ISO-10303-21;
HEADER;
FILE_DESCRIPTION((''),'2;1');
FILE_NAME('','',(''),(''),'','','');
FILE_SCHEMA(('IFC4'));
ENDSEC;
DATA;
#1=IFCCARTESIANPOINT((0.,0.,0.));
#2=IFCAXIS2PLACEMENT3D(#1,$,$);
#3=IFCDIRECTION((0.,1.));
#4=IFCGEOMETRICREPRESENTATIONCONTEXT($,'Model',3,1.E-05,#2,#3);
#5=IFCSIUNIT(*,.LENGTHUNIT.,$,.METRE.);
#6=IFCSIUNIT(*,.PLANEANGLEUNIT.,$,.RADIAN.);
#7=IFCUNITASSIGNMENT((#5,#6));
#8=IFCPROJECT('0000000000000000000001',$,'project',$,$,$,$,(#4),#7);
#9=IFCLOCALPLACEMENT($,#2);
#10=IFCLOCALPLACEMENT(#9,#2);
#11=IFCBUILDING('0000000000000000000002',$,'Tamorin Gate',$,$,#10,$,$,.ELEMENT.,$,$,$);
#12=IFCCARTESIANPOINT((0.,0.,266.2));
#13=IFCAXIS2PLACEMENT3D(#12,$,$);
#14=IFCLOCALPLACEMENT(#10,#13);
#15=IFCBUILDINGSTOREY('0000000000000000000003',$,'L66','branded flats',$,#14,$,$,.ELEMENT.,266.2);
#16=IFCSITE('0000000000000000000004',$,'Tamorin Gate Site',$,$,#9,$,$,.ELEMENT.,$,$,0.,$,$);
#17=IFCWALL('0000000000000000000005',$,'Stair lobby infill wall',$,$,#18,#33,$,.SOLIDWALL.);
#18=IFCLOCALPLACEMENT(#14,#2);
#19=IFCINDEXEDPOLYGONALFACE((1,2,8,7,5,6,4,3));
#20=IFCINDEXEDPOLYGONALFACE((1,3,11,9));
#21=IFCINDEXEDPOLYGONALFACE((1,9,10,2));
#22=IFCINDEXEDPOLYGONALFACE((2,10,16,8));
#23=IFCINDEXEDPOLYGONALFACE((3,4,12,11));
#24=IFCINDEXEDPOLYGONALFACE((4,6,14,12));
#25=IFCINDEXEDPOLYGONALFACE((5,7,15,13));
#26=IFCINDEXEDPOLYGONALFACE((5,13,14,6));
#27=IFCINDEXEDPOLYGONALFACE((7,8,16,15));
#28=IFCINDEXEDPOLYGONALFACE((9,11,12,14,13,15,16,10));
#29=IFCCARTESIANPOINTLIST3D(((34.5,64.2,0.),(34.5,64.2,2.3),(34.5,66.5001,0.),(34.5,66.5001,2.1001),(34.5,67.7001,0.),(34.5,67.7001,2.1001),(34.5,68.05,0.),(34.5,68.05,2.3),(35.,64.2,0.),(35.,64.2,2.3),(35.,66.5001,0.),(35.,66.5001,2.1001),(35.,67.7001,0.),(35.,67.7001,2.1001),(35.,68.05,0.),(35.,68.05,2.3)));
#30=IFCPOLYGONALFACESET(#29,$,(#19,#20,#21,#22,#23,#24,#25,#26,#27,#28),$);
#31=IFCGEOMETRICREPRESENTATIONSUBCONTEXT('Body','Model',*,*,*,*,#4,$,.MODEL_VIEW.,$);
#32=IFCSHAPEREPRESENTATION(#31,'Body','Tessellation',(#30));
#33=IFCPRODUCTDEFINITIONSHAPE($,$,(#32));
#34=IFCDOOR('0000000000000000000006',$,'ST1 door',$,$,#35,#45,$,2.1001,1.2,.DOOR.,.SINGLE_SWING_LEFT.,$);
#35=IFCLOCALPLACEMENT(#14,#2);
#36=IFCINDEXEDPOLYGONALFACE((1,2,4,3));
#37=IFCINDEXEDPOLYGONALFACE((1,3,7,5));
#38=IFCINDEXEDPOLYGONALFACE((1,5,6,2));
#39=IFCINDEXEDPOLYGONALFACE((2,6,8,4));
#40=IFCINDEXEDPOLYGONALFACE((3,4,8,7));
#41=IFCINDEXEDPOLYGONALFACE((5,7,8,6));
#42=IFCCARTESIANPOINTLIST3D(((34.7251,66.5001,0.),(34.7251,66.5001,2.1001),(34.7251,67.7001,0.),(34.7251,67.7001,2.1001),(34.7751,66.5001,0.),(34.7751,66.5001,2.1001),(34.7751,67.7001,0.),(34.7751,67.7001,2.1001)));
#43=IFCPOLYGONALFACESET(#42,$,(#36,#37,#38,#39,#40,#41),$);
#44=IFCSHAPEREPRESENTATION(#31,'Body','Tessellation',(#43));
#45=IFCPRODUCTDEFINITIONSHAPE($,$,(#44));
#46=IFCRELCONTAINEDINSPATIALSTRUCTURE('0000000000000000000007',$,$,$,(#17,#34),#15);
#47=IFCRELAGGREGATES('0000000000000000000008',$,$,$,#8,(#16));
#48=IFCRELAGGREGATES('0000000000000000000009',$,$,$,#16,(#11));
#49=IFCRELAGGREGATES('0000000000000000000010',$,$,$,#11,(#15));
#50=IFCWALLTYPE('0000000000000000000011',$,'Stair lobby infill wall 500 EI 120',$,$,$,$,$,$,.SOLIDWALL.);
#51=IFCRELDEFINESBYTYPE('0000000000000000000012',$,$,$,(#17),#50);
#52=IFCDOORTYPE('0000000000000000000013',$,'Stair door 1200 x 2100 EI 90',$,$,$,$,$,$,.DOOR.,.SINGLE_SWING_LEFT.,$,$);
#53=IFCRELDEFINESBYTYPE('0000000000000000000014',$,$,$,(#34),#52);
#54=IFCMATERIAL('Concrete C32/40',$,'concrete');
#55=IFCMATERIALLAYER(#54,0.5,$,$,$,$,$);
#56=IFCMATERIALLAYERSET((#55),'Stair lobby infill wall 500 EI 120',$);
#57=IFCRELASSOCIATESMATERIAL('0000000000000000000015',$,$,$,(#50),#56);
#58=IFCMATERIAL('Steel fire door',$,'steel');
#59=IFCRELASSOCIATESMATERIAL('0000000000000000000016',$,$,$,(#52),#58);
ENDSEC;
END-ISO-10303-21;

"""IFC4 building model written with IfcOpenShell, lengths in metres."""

from ifc_helpers import new_model, si_unit, direction, frame, frame_2d, origin, place, context, subcontext, project, spatial, rectangle, extrude, material, layer, layer_set, type_object, element, fill, save


model = new_model("IFC4")

# Units and contexts
model_context = context("Model", 3, precision=1e-05, world=origin(), true_north=direction((0.0, 1.0)))
body_context = subcontext(model_context, "Body", "Model", "MODEL_VIEW")
ifc_project = project(units=[si_unit("LENGTHUNIT", "METRE"), si_unit("PLANEANGLEUNIT", "RADIAN")], contexts=[model_context])

# Site, building, storey
site_placement = place(None, origin())
site = spatial("IfcSite", under=ifc_project, at=site_placement, Name="Tamorin Gate Site", CompositionType="ELEMENT", RefElevation=0.0)
building_placement = place(site_placement, origin())
building = spatial("IfcBuilding", under=site, at=building_placement, Name="Tamorin Gate", CompositionType="ELEMENT")
storey_placement = place(building_placement, frame((0.0, 0.0, 266.2)))
storey = spatial("IfcBuildingStorey", under=building, at=storey_placement, Name="L66", Description="branded flats", CompositionType="ELEMENT", Elevation=266.2)

# Shared definitions
ifc_material_1 = material(Name="Steel fire door", Category="steel")

# Wall, opening, door
ifc_material_2 = material(Name="Concrete C32/40", Category="concrete")
ifc_layer_1 = layer(ifc_material_2, 0.5)
ifc_layer_set_1 = layer_set([ifc_layer_1], Name="Stair lobby infill wall 500 EI 120")
wall_type_1 = type_object("IfcWallType", Name="Stair lobby infill wall 500 EI 120", PredefinedType="SOLIDWALL", material=ifc_layer_set_1)
wall_1_placement = place(storey_placement, frame((34.75, 64.2, 0.0), z_axis=(0.0, 0.0, 1.0), x_axis=(0.0, 1.0, 0.0)))
wall_1 = element("IfcWall", 1, at=wall_1_placement, inside=storey, type_object=wall_type_1, Name="Stair lobby infill wall", PredefinedType="SOLIDWALL", context=body_context, shape_type="SweptSolid", body=[
    extrude(rectangle(XDim=3.8501, YDim=0.5, at=frame_2d((1.925, 0.0))), origin(), (0.0, 0.0, 1.0), 2.3),
])
opening_1_placement = place(wall_1_placement, frame((2.3, 0.0, 0.0)))
opening_1 = element("IfcOpeningElement", 2, at=opening_1_placement, cuts=wall_1, PredefinedType="OPENING", context=body_context, shape_type="SweptSolid", body=[
    extrude(rectangle(XDim=1.2, YDim=2.1001, at=frame_2d((0.6001, 1.05))), frame((0.0, 0.26, 0.0), z_axis=(0.0, -1.0, 0.0), x_axis=(1.0, 0.0, 0.0)), (0.0, 0.0, 1.0), 0.52),
])
door_type_1 = type_object("IfcDoorType", Name="Stair door 1200 x 2100 EI 90", OperationType="SINGLE_SWING_LEFT", PredefinedType="DOOR", material=ifc_material_1)
door_1_placement = place(opening_1_placement, origin())
door_1 = element("IfcDoor", 3, at=door_1_placement, inside=storey, type_object=door_type_1, Name="ST1 door", OperationType="SINGLE_SWING_LEFT", OverallHeight=2.1001, OverallWidth=1.2, PredefinedType="DOOR", context=body_context, shape_type="SweptSolid", body=[
    extrude(rectangle(XDim=1.2, YDim=2.1001, at=frame_2d((0.6001, 1.05))), frame((0.0, 0.0249, 0.0), z_axis=(0.0, -1.0, 0.0), x_axis=(1.0, 0.0, 0.0)), (0.0, 0.0, 1.0), 0.05),
])
fill(opening_1, door_1)

save(model, "model.ifc")
